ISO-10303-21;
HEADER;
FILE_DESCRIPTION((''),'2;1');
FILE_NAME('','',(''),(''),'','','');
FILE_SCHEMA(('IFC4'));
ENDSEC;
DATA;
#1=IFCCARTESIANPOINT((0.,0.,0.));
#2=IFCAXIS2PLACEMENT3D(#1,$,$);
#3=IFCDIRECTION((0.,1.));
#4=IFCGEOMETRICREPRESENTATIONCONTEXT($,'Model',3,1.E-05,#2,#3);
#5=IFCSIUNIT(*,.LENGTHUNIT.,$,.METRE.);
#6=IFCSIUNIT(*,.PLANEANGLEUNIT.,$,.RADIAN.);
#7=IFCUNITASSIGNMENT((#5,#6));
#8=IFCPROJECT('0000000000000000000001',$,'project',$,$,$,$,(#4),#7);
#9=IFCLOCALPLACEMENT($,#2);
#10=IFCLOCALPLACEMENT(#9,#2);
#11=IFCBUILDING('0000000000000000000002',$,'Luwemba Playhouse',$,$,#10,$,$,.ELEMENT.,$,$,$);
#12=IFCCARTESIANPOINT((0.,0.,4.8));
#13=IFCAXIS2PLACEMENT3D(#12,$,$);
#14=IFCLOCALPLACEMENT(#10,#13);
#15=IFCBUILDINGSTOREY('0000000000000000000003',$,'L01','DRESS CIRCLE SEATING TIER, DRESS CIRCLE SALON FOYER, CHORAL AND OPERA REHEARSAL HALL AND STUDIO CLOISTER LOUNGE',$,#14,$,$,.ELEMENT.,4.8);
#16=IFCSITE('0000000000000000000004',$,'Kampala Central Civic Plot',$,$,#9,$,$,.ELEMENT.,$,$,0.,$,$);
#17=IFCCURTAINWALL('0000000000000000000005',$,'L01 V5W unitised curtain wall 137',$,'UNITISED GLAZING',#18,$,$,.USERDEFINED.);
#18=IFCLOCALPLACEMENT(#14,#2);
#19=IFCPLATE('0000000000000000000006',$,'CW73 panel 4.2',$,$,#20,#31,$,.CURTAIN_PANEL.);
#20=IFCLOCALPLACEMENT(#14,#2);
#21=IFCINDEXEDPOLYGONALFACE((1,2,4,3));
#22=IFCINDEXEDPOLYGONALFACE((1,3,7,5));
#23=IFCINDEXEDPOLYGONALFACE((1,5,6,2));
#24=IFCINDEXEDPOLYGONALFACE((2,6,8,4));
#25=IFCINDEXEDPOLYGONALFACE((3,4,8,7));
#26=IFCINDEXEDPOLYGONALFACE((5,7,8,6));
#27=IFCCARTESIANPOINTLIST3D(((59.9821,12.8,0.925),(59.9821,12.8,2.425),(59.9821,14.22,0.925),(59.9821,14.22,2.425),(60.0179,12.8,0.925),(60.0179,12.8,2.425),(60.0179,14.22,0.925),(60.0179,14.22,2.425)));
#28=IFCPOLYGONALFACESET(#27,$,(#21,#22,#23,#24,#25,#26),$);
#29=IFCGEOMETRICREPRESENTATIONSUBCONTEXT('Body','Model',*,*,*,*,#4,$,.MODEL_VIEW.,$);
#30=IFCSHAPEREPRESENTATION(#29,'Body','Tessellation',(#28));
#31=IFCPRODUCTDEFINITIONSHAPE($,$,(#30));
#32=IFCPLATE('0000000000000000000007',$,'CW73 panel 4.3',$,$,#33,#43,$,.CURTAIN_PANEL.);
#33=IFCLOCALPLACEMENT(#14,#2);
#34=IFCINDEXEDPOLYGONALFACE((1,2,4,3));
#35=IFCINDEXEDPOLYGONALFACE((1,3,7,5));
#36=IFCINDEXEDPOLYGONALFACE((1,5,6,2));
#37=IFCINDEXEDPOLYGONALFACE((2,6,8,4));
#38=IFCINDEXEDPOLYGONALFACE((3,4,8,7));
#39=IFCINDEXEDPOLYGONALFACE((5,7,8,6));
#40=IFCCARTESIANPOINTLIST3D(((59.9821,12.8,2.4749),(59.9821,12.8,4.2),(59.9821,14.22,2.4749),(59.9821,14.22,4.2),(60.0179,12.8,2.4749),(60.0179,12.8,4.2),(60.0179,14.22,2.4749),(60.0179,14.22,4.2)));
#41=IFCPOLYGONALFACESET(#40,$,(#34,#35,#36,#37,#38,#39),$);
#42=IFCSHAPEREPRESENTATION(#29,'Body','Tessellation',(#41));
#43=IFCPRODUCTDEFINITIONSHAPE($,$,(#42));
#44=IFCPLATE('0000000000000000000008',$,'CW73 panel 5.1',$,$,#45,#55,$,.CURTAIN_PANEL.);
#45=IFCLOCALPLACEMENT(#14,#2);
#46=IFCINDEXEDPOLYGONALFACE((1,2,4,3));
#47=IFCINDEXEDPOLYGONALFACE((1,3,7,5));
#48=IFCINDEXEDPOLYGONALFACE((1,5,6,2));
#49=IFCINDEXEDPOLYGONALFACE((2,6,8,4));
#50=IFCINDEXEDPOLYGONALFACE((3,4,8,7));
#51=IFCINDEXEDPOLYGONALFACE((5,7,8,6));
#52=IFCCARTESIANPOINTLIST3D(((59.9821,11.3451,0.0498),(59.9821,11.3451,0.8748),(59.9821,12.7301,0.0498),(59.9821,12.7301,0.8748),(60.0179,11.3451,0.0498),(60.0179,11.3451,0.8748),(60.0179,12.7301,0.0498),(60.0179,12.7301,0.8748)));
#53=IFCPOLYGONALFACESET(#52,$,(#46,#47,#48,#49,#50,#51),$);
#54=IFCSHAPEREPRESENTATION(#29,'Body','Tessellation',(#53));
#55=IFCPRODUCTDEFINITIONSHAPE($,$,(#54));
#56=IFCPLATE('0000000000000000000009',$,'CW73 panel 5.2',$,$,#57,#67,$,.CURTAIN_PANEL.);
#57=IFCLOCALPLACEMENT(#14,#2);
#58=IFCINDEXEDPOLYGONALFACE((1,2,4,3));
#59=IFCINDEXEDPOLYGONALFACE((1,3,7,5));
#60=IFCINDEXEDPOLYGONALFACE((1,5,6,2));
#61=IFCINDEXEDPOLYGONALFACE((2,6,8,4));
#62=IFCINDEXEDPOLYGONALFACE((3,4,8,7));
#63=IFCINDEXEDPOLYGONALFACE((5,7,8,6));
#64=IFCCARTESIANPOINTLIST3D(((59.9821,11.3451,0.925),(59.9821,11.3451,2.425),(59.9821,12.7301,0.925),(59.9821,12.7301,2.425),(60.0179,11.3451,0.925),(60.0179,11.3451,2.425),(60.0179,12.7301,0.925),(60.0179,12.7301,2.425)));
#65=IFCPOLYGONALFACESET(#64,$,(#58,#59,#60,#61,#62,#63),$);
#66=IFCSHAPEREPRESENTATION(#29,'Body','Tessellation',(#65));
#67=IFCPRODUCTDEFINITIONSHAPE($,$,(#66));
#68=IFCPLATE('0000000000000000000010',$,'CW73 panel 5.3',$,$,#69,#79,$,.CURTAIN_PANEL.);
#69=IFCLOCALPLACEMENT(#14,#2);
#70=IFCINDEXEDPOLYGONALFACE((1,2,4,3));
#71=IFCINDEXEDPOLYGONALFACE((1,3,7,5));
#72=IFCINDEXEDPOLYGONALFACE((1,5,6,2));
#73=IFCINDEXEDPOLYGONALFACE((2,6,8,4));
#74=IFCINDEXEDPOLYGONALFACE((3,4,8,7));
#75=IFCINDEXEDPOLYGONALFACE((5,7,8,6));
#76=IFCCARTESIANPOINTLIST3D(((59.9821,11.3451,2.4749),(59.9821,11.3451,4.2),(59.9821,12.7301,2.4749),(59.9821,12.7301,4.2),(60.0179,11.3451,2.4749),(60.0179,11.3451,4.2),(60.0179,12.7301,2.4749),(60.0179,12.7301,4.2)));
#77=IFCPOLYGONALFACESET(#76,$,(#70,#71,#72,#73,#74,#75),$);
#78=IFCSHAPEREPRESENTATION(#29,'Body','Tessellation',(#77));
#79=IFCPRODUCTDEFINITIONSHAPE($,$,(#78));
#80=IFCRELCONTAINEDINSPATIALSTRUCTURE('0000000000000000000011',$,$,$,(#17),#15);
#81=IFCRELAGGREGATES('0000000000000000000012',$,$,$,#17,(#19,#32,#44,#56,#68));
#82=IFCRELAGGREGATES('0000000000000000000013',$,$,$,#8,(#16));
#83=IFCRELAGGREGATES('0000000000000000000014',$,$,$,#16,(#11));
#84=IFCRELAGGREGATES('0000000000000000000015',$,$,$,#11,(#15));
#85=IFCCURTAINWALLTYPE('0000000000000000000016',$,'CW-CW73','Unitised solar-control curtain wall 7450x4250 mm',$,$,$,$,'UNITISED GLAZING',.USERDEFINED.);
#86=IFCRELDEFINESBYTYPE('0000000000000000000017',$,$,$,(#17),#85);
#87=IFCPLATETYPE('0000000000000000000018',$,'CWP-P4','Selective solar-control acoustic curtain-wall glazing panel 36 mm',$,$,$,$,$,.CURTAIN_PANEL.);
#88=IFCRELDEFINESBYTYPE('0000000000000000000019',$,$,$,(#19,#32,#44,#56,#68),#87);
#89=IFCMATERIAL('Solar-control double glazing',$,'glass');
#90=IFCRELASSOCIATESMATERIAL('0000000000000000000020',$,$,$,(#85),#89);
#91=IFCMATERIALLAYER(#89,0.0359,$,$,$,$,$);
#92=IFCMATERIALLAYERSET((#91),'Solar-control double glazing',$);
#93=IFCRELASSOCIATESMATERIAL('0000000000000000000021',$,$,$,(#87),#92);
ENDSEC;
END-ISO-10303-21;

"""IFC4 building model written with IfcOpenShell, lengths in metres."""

from ifc_helpers import new_model, si_unit, direction, frame, origin, origin_2d, place, context, subcontext, project, spatial, rectangle, extrude, material, layer, layer_set, type_object, element, aggregate, save


model = new_model("IFC4")

# Units and contexts
model_context = context("Model", 3, precision=1e-05, world=origin(), true_north=direction((0.0, 1.0)))
body_context = subcontext(model_context, "Body", "Model", "MODEL_VIEW")
ifc_project = project(units=[si_unit("LENGTHUNIT", "METRE"), si_unit("PLANEANGLEUNIT", "RADIAN")], contexts=[model_context])

# Site, building, storey
site_placement = place(None, origin())
site = spatial("IfcSite", under=ifc_project, at=site_placement, Name="Kampala Central Civic Plot", CompositionType="ELEMENT", RefElevation=0.0)
building_placement = place(site_placement, origin())
building = spatial("IfcBuilding", under=site, at=building_placement, Name="Luwemba Playhouse", CompositionType="ELEMENT")
storey_placement = place(building_placement, frame((0.0, 0.0, 4.8)))
storey = spatial("IfcBuildingStorey", under=building, at=storey_placement, Name="L01", Description="DRESS CIRCLE SEATING TIER, DRESS CIRCLE SALON FOYER, CHORAL AND OPERA REHEARSAL HALL AND STUDIO CLOISTER LOUNGE", CompositionType="ELEMENT", Elevation=4.8)

# Curtain wall, plates
ifc_material_1 = material(Name="Solar-control double glazing", Category="glass")
curtain_wall_type = type_object("IfcCurtainWallType", Name="CW-CW73", Description="Unitised solar-control curtain wall 7450x4250 mm", ElementType="UNITISED GLAZING", PredefinedType="USERDEFINED", material=ifc_material_1)
curtain_wall_placement = place(storey_placement, origin())
curtain_wall = element("IfcCurtainWall", 1, at=curtain_wall_placement, inside=storey, type_object=curtain_wall_type, Name="L01 V5W unitised curtain wall 137", ObjectType="UNITISED GLAZING", PredefinedType="USERDEFINED")
ifc_layer = layer(ifc_material_1, 0.0359)
ifc_layer_set = layer_set([ifc_layer], Name="Solar-control double glazing")
plate_type = type_object("IfcPlateType", Name="CWP-P4", Description="Selective solar-control acoustic curtain-wall glazing panel 36 mm", PredefinedType="CURTAIN_PANEL", material=ifc_layer_set)
plate_1_placement = place(storey_placement, frame((60.0, 13.51, 0.925), z_axis=(0.0, 0.0, 1.0), x_axis=(0.0, -1.0, 0.0)))
plate_1 = element("IfcPlate", 2, at=plate_1_placement, type_object=plate_type, Name="CW73 panel 4.2", PredefinedType="CURTAIN_PANEL", context=body_context, shape_type="SweptSolid", body=[
    extrude(rectangle(XDim=1.4199, YDim=0.0359, at=origin_2d()), origin(), (0.0, 0.0, 1.0), 1.5),
])
plate_2_placement = place(storey_placement, frame((60.0, 13.51, 2.4749), z_axis=(0.0, 0.0, 1.0), x_axis=(0.0, -1.0, 0.0)))
plate_2 = element("IfcPlate", 3, at=plate_2_placement, type_object=plate_type, Name="CW73 panel 4.3", PredefinedType="CURTAIN_PANEL", context=body_context, shape_type="SweptSolid", body=[
    extrude(rectangle(XDim=1.4199, YDim=0.0359, at=origin_2d()), origin(), (0.0, 0.0, 1.0), 1.7251),
])
plate_3_placement = place(storey_placement, frame((60.0, 12.0376, 0.0498), z_axis=(0.0, 0.0, 1.0), x_axis=(0.0, -1.0, 0.0)))
plate_3 = element("IfcPlate", 4, at=plate_3_placement, type_object=plate_type, Name="CW73 panel 5.1", PredefinedType="CURTAIN_PANEL", context=body_context, shape_type="SweptSolid", body=[
    extrude(rectangle(XDim=1.385, YDim=0.0359, at=origin_2d()), origin(), (0.0, 0.0, 1.0), 0.825),
])
plate_4_placement = place(storey_placement, frame((60.0, 12.0376, 0.925), z_axis=(0.0, 0.0, 1.0), x_axis=(0.0, -1.0, 0.0)))
plate_4 = element("IfcPlate", 5, at=plate_4_placement, type_object=plate_type, Name="CW73 panel 5.2", PredefinedType="CURTAIN_PANEL", context=body_context, shape_type="SweptSolid", body=[
    extrude(rectangle(XDim=1.385, YDim=0.0359, at=origin_2d()), origin(), (0.0, 0.0, 1.0), 1.5),
])
plate_5_placement = place(storey_placement, frame((60.0, 12.0376, 2.4749), z_axis=(0.0, 0.0, 1.0), x_axis=(0.0, -1.0, 0.0)))
plate_5 = element("IfcPlate", 6, at=plate_5_placement, type_object=plate_type, Name="CW73 panel 5.3", PredefinedType="CURTAIN_PANEL", context=body_context, shape_type="SweptSolid", body=[
    extrude(rectangle(XDim=1.385, YDim=0.0359, at=origin_2d()), origin(), (0.0, 0.0, 1.0), 1.7251),
])
aggregate(curtain_wall, [plate_1, plate_2, plate_3, plate_4, plate_5])

save(model, "model.ifc")
